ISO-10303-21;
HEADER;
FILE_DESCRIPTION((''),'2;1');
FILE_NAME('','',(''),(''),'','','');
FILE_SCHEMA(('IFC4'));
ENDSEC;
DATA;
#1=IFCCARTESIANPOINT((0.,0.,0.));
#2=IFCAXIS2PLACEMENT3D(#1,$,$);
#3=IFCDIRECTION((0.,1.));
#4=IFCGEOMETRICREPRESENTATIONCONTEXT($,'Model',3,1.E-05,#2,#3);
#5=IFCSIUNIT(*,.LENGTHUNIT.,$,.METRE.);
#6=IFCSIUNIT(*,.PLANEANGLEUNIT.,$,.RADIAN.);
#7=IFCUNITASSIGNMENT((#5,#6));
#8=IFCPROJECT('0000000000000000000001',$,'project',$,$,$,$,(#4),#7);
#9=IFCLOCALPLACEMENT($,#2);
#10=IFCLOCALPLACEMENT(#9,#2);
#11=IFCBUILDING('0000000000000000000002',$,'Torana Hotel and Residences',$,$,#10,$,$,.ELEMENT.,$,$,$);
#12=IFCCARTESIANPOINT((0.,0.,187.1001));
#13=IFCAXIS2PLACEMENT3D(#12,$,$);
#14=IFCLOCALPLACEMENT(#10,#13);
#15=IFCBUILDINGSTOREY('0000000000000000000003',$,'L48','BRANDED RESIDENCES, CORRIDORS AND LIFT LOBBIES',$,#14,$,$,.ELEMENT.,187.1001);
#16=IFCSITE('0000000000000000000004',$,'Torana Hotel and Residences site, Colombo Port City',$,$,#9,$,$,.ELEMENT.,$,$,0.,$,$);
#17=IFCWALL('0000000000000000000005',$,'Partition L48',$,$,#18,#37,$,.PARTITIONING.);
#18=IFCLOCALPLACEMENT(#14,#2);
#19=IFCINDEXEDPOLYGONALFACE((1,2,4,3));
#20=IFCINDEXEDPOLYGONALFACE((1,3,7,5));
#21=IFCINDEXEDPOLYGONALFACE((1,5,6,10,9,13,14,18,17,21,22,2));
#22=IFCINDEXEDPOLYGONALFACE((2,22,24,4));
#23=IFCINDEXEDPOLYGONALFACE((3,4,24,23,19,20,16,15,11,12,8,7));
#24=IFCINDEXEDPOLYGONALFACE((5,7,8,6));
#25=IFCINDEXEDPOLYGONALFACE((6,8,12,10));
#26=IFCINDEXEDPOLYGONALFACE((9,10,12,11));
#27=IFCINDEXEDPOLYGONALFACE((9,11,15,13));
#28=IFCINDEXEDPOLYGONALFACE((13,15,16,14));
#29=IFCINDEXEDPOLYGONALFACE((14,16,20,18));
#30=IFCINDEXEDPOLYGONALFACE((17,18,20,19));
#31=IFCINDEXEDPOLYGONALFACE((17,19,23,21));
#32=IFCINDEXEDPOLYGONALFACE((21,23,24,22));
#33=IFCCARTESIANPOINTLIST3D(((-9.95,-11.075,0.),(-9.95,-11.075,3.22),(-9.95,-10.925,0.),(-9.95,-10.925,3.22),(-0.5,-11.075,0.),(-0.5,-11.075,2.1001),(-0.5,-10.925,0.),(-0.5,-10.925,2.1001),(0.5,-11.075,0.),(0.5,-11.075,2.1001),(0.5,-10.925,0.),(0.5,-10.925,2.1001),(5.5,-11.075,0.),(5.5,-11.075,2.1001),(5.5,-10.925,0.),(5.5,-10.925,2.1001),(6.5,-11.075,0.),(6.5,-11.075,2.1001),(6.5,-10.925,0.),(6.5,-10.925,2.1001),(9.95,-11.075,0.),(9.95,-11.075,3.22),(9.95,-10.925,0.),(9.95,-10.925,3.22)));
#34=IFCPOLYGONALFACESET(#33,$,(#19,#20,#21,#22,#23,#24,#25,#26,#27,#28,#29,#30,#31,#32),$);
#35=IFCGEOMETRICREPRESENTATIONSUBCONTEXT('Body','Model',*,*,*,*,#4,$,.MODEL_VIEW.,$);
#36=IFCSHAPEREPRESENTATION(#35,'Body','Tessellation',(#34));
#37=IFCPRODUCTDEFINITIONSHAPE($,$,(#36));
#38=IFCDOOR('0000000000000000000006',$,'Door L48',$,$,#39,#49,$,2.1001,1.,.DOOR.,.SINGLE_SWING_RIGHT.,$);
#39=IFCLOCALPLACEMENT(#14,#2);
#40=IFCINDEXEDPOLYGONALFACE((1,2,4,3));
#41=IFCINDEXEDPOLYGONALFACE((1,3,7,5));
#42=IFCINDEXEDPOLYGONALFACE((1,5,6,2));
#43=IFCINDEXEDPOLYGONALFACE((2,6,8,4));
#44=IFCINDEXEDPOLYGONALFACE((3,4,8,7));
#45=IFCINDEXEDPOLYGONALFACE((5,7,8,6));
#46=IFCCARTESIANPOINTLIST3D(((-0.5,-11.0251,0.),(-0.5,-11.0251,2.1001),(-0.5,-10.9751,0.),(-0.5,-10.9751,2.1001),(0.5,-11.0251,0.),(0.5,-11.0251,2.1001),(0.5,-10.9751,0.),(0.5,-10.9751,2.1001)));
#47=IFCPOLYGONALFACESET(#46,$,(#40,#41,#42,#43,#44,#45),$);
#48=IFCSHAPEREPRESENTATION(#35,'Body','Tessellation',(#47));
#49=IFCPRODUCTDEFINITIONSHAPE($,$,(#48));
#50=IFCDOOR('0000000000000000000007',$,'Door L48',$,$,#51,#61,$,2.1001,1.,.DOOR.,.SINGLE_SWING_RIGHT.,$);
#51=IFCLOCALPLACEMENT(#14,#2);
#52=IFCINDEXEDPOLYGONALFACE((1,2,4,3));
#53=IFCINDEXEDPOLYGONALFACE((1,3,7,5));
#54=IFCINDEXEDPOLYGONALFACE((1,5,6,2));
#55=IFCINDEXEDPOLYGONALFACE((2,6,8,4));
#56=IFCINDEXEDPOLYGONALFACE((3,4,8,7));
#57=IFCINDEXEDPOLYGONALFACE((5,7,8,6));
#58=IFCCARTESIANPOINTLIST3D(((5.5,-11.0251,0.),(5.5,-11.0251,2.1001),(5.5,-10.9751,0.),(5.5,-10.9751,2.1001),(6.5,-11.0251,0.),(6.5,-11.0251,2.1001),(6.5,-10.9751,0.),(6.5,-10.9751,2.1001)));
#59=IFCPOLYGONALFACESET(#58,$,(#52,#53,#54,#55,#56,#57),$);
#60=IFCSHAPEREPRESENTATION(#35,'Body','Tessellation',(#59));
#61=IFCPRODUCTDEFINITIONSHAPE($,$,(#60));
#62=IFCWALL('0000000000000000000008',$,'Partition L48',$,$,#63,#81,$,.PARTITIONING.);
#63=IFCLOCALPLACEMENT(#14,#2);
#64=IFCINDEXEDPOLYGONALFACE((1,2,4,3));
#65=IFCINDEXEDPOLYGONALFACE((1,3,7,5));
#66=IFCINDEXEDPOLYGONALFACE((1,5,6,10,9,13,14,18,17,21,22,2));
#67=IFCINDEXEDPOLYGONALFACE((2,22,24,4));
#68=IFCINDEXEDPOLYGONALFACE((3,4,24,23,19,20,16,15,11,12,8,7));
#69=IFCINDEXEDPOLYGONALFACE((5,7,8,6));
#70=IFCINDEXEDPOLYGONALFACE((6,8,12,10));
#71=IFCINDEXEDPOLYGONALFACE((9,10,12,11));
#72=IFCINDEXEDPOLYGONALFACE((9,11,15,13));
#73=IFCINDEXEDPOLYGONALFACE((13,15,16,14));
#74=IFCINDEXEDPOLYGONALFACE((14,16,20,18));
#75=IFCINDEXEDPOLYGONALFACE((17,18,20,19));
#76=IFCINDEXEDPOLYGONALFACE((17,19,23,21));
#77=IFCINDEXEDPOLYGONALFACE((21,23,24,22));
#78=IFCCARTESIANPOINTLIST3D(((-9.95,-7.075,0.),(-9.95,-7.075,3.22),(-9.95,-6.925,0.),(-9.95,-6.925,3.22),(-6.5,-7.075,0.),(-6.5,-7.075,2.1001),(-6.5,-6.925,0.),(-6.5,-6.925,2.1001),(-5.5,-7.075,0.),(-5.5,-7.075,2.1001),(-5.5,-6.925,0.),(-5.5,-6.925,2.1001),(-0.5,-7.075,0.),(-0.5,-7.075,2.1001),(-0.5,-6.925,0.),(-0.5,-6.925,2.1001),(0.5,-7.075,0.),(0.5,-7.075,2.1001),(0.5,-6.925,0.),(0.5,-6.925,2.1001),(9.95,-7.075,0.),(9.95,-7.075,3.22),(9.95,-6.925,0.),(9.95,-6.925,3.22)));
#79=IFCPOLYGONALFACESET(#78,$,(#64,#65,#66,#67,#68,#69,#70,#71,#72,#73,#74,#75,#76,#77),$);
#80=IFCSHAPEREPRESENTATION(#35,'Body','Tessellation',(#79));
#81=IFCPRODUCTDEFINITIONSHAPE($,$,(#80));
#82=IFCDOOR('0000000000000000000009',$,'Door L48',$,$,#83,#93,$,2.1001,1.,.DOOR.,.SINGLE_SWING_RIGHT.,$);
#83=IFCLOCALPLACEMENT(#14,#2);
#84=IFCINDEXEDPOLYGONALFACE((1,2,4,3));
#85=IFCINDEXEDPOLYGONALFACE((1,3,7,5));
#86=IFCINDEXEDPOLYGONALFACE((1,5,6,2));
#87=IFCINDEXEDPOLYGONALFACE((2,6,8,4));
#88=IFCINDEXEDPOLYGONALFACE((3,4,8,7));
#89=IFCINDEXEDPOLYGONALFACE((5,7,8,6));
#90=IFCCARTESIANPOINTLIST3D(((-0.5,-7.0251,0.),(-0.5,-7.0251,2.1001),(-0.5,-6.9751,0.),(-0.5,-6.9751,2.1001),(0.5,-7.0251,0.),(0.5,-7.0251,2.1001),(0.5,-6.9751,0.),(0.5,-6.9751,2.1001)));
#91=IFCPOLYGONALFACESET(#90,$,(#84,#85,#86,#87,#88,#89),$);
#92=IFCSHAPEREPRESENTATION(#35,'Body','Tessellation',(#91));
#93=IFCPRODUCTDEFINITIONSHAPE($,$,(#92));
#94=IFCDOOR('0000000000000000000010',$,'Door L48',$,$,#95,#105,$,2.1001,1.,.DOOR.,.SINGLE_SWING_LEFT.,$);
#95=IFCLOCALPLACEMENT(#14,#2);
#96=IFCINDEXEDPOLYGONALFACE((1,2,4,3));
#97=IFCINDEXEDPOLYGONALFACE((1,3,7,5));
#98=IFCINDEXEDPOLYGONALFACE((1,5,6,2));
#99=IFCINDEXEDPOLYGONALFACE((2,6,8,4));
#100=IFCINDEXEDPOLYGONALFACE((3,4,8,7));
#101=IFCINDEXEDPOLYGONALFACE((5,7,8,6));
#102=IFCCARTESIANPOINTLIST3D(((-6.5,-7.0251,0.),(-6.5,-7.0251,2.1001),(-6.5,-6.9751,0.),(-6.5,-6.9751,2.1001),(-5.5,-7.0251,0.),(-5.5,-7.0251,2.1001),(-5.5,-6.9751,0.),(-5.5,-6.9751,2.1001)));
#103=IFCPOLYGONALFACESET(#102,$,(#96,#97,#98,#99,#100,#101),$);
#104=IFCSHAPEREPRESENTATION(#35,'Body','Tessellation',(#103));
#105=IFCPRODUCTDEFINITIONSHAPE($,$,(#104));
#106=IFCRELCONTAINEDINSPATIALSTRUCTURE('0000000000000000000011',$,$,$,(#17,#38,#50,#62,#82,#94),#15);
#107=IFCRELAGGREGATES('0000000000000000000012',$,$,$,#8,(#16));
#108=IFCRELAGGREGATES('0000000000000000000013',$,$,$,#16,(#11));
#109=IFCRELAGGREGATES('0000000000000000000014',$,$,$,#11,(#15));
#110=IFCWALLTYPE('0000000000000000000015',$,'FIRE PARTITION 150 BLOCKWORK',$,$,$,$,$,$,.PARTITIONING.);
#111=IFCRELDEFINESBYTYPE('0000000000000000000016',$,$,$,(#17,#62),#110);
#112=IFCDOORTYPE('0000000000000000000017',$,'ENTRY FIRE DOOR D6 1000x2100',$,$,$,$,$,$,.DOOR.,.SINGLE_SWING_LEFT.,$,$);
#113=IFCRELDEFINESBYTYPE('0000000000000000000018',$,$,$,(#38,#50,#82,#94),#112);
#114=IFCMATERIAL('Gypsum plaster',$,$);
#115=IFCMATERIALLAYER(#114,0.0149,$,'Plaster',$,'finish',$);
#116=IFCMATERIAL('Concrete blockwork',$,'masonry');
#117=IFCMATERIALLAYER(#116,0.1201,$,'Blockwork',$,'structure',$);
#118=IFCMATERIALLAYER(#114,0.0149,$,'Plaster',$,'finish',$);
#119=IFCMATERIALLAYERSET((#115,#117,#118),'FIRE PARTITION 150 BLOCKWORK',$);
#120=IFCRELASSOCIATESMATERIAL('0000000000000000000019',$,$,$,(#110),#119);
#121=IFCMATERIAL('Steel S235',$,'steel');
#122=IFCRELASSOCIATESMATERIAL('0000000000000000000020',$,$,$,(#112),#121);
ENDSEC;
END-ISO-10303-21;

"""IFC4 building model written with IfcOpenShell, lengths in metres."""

from ifc_helpers import new_model, si_unit, direction, frame, frame_2d, origin, place, context, subcontext, project, spatial, rectangle, extrude, material, layer, layer_set, type_object, element, fill, save


model = new_model("IFC4")

# Units and contexts
model_context = context("Model", 3, precision=1e-05, world=origin(), true_north=direction((0.0, 1.0)))
body_context = subcontext(model_context, "Body", "Model", "MODEL_VIEW")
ifc_project = project(units=[si_unit("LENGTHUNIT", "METRE"), si_unit("PLANEANGLEUNIT", "RADIAN")], contexts=[model_context])

# Site, building, storey
site_placement = place(None, origin())
site = spatial("IfcSite", under=ifc_project, at=site_placement, Name="Torana Hotel and Residences site, Colombo Port City", CompositionType="ELEMENT", RefElevation=0.0)
building_placement = place(site_placement, origin())
building = spatial("IfcBuilding", under=site, at=building_placement, Name="Torana Hotel and Residences", CompositionType="ELEMENT")
storey_placement = place(building_placement, frame((0.0, 0.0, 187.1001)))
storey = spatial("IfcBuildingStorey", under=building, at=storey_placement, Name="L48", Description="BRANDED RESIDENCES, CORRIDORS AND LIFT LOBBIES", CompositionType="ELEMENT", Elevation=187.1001)

# Shared definitions
ifc_material_1 = material(Name="Gypsum plaster")
ifc_layer_1 = layer(ifc_material_1, 0.0149, Name="Plaster", Category="finish")
ifc_material_2 = material(Name="Concrete blockwork", Category="masonry")
ifc_layer_2 = layer(ifc_material_2, 0.1201, Name="Blockwork", Category="structure")
ifc_layer_3 = layer(ifc_material_1, 0.0149, Name="Plaster", Category="finish")
ifc_layer_set_1 = layer_set([ifc_layer_1, ifc_layer_2, ifc_layer_3], Name="FIRE PARTITION 150 BLOCKWORK")
wall_type_1 = type_object("IfcWallType", Name="FIRE PARTITION 150 BLOCKWORK", PredefinedType="PARTITIONING", material=ifc_layer_set_1)

# Walls, openings, doors
wall_1_placement = place(storey_placement, frame((-9.95, -11.0, 0.0), z_axis=(0.0, 0.0, 1.0), x_axis=(1.0, 0.0, 0.0)))
wall_1 = element("IfcWall", 1, at=wall_1_placement, inside=storey, type_object=wall_type_1, Name="Partition L48", PredefinedType="PARTITIONING", context=body_context, shape_type="SweptSolid", body=[
    extrude(rectangle(XDim=19.8999, YDim=0.1499, at=frame_2d((9.95, 0.0))), origin(), (0.0, 0.0, 1.0), 3.22),
])
opening_1_placement = place(wall_1_placement, frame((9.45, 0.0, 0.0)))
opening_1 = element("IfcOpeningElement", 2, at=opening_1_placement, cuts=wall_1, PredefinedType="OPENING", context=body_context, shape_type="SweptSolid", body=[
    extrude(rectangle(XDim=1.0, YDim=2.1001, at=frame_2d((0.5, 1.05))), frame((0.0, 0.085, 0.0), z_axis=(0.0, -1.0, 0.0), x_axis=(1.0, 0.0, 0.0)), (0.0, 0.0, 1.0), 0.1699),
])
opening_2_placement = place(wall_1_placement, frame((15.45, 0.0, 0.0)))
opening_2 = element("IfcOpeningElement", 3, at=opening_2_placement, cuts=wall_1, PredefinedType="OPENING", context=body_context, shape_type="SweptSolid", body=[
    extrude(rectangle(XDim=1.0, YDim=2.1001, at=frame_2d((0.5, 1.05))), frame((0.0, 0.085, 0.0), z_axis=(0.0, -1.0, 0.0), x_axis=(1.0, 0.0, 0.0)), (0.0, 0.0, 1.0), 0.1699),
])
ifc_material_3 = material(Name="Steel S235", Category="steel")
door_type = type_object("IfcDoorType", Name="ENTRY FIRE DOOR D6 1000x2100", OperationType="SINGLE_SWING_LEFT", PredefinedType="DOOR", material=ifc_material_3)
door_1_placement = place(opening_1_placement, origin())
door_1 = element("IfcDoor", 4, at=door_1_placement, inside=storey, type_object=door_type, Name="Door L48", OperationType="SINGLE_SWING_RIGHT", OverallHeight=2.1001, OverallWidth=1.0, PredefinedType="DOOR", context=body_context, shape_type="SweptSolid", body=[
    extrude(rectangle(XDim=1.0, YDim=2.1001, at=frame_2d((0.5, 1.05))), frame((0.0, 0.0249, 0.0), z_axis=(0.0, -1.0, 0.0), x_axis=(1.0, 0.0, 0.0)), (0.0, 0.0, 1.0), 0.05),
])
fill(opening_1, door_1)
door_2_placement = place(opening_2_placement, origin())
door_2 = element("IfcDoor", 5, at=door_2_placement, inside=storey, type_object=door_type, Name="Door L48", OperationType="SINGLE_SWING_RIGHT", OverallHeight=2.1001, OverallWidth=1.0, PredefinedType="DOOR", context=body_context, shape_type="SweptSolid", body=[
    extrude(rectangle(XDim=1.0, YDim=2.1001, at=frame_2d((0.5, 1.05))), frame((0.0, 0.0249, 0.0), z_axis=(0.0, -1.0, 0.0), x_axis=(1.0, 0.0, 0.0)), (0.0, 0.0, 1.0), 0.05),
])
fill(opening_2, door_2)
wall_2_placement = place(storey_placement, frame((-9.95, -7.0, 0.0), z_axis=(0.0, 0.0, 1.0), x_axis=(1.0, 0.0, 0.0)))
wall_2 = element("IfcWall", 6, at=wall_2_placement, inside=storey, type_object=wall_type_1, Name="Partition L48", PredefinedType="PARTITIONING", context=body_context, shape_type="SweptSolid", body=[
    extrude(rectangle(XDim=19.8999, YDim=0.1499, at=frame_2d((9.95, 0.0))), origin(), (0.0, 0.0, 1.0), 3.22),
])
opening_3_placement = place(wall_2_placement, frame((9.45, 0.0, 0.0)))
opening_3 = element("IfcOpeningElement", 7, at=opening_3_placement, cuts=wall_2, PredefinedType="OPENING", context=body_context, shape_type="SweptSolid", body=[
    extrude(rectangle(XDim=1.0, YDim=2.1001, at=frame_2d((0.5, 1.05))), frame((0.0, 0.085, 0.0), z_axis=(0.0, -1.0, 0.0), x_axis=(1.0, 0.0, 0.0)), (0.0, 0.0, 1.0), 0.1699),
])
opening_4_placement = place(wall_2_placement, frame((3.45, 0.0, 0.0)))
opening_4 = element("IfcOpeningElement", 8, at=opening_4_placement, cuts=wall_2, PredefinedType="OPENING", context=body_context, shape_type="SweptSolid", body=[
    extrude(rectangle(XDim=1.0, YDim=2.1001, at=frame_2d((0.5, 1.05))), frame((0.0, 0.085, 0.0), z_axis=(0.0, -1.0, 0.0), x_axis=(1.0, 0.0, 0.0)), (0.0, 0.0, 1.0), 0.1699),
])
door_3_placement = place(opening_3_placement, origin())
door_3 = element("IfcDoor", 9, at=door_3_placement, inside=storey, type_object=door_type, Name="Door L48", OperationType="SINGLE_SWING_RIGHT", OverallHeight=2.1001, OverallWidth=1.0, PredefinedType="DOOR", context=body_context, shape_type="SweptSolid", body=[
    extrude(rectangle(XDim=1.0, YDim=2.1001, at=frame_2d((0.5, 1.05))), frame((0.0, 0.0249, 0.0), z_axis=(0.0, -1.0, 0.0), x_axis=(1.0, 0.0, 0.0)), (0.0, 0.0, 1.0), 0.05),
])
fill(opening_3, door_3)
door_4_placement = place(opening_4_placement, frame((0.5, 0.0, 0.0), z_axis=(0.0, 0.0, 1.0), x_axis=(-1.0, 0.0, 0.0)))
door_4 = element("IfcDoor", 10, at=door_4_placement, inside=storey, type_object=door_type, Name="Door L48", OperationType="SINGLE_SWING_LEFT", OverallHeight=2.1001, OverallWidth=1.0, PredefinedType="DOOR", context=body_context, shape_type="SweptSolid", body=[
    extrude(rectangle(XDim=1.0, YDim=2.1001, at=frame_2d((0.0, 1.05))), frame((0.0, -0.0249, 0.0), z_axis=(0.0, 1.0, 0.0), x_axis=(-1.0, 0.0, 0.0)), (0.0, 0.0, 1.0), 0.05),
])
fill(opening_4, door_4)

save(model, "model.ifc")
